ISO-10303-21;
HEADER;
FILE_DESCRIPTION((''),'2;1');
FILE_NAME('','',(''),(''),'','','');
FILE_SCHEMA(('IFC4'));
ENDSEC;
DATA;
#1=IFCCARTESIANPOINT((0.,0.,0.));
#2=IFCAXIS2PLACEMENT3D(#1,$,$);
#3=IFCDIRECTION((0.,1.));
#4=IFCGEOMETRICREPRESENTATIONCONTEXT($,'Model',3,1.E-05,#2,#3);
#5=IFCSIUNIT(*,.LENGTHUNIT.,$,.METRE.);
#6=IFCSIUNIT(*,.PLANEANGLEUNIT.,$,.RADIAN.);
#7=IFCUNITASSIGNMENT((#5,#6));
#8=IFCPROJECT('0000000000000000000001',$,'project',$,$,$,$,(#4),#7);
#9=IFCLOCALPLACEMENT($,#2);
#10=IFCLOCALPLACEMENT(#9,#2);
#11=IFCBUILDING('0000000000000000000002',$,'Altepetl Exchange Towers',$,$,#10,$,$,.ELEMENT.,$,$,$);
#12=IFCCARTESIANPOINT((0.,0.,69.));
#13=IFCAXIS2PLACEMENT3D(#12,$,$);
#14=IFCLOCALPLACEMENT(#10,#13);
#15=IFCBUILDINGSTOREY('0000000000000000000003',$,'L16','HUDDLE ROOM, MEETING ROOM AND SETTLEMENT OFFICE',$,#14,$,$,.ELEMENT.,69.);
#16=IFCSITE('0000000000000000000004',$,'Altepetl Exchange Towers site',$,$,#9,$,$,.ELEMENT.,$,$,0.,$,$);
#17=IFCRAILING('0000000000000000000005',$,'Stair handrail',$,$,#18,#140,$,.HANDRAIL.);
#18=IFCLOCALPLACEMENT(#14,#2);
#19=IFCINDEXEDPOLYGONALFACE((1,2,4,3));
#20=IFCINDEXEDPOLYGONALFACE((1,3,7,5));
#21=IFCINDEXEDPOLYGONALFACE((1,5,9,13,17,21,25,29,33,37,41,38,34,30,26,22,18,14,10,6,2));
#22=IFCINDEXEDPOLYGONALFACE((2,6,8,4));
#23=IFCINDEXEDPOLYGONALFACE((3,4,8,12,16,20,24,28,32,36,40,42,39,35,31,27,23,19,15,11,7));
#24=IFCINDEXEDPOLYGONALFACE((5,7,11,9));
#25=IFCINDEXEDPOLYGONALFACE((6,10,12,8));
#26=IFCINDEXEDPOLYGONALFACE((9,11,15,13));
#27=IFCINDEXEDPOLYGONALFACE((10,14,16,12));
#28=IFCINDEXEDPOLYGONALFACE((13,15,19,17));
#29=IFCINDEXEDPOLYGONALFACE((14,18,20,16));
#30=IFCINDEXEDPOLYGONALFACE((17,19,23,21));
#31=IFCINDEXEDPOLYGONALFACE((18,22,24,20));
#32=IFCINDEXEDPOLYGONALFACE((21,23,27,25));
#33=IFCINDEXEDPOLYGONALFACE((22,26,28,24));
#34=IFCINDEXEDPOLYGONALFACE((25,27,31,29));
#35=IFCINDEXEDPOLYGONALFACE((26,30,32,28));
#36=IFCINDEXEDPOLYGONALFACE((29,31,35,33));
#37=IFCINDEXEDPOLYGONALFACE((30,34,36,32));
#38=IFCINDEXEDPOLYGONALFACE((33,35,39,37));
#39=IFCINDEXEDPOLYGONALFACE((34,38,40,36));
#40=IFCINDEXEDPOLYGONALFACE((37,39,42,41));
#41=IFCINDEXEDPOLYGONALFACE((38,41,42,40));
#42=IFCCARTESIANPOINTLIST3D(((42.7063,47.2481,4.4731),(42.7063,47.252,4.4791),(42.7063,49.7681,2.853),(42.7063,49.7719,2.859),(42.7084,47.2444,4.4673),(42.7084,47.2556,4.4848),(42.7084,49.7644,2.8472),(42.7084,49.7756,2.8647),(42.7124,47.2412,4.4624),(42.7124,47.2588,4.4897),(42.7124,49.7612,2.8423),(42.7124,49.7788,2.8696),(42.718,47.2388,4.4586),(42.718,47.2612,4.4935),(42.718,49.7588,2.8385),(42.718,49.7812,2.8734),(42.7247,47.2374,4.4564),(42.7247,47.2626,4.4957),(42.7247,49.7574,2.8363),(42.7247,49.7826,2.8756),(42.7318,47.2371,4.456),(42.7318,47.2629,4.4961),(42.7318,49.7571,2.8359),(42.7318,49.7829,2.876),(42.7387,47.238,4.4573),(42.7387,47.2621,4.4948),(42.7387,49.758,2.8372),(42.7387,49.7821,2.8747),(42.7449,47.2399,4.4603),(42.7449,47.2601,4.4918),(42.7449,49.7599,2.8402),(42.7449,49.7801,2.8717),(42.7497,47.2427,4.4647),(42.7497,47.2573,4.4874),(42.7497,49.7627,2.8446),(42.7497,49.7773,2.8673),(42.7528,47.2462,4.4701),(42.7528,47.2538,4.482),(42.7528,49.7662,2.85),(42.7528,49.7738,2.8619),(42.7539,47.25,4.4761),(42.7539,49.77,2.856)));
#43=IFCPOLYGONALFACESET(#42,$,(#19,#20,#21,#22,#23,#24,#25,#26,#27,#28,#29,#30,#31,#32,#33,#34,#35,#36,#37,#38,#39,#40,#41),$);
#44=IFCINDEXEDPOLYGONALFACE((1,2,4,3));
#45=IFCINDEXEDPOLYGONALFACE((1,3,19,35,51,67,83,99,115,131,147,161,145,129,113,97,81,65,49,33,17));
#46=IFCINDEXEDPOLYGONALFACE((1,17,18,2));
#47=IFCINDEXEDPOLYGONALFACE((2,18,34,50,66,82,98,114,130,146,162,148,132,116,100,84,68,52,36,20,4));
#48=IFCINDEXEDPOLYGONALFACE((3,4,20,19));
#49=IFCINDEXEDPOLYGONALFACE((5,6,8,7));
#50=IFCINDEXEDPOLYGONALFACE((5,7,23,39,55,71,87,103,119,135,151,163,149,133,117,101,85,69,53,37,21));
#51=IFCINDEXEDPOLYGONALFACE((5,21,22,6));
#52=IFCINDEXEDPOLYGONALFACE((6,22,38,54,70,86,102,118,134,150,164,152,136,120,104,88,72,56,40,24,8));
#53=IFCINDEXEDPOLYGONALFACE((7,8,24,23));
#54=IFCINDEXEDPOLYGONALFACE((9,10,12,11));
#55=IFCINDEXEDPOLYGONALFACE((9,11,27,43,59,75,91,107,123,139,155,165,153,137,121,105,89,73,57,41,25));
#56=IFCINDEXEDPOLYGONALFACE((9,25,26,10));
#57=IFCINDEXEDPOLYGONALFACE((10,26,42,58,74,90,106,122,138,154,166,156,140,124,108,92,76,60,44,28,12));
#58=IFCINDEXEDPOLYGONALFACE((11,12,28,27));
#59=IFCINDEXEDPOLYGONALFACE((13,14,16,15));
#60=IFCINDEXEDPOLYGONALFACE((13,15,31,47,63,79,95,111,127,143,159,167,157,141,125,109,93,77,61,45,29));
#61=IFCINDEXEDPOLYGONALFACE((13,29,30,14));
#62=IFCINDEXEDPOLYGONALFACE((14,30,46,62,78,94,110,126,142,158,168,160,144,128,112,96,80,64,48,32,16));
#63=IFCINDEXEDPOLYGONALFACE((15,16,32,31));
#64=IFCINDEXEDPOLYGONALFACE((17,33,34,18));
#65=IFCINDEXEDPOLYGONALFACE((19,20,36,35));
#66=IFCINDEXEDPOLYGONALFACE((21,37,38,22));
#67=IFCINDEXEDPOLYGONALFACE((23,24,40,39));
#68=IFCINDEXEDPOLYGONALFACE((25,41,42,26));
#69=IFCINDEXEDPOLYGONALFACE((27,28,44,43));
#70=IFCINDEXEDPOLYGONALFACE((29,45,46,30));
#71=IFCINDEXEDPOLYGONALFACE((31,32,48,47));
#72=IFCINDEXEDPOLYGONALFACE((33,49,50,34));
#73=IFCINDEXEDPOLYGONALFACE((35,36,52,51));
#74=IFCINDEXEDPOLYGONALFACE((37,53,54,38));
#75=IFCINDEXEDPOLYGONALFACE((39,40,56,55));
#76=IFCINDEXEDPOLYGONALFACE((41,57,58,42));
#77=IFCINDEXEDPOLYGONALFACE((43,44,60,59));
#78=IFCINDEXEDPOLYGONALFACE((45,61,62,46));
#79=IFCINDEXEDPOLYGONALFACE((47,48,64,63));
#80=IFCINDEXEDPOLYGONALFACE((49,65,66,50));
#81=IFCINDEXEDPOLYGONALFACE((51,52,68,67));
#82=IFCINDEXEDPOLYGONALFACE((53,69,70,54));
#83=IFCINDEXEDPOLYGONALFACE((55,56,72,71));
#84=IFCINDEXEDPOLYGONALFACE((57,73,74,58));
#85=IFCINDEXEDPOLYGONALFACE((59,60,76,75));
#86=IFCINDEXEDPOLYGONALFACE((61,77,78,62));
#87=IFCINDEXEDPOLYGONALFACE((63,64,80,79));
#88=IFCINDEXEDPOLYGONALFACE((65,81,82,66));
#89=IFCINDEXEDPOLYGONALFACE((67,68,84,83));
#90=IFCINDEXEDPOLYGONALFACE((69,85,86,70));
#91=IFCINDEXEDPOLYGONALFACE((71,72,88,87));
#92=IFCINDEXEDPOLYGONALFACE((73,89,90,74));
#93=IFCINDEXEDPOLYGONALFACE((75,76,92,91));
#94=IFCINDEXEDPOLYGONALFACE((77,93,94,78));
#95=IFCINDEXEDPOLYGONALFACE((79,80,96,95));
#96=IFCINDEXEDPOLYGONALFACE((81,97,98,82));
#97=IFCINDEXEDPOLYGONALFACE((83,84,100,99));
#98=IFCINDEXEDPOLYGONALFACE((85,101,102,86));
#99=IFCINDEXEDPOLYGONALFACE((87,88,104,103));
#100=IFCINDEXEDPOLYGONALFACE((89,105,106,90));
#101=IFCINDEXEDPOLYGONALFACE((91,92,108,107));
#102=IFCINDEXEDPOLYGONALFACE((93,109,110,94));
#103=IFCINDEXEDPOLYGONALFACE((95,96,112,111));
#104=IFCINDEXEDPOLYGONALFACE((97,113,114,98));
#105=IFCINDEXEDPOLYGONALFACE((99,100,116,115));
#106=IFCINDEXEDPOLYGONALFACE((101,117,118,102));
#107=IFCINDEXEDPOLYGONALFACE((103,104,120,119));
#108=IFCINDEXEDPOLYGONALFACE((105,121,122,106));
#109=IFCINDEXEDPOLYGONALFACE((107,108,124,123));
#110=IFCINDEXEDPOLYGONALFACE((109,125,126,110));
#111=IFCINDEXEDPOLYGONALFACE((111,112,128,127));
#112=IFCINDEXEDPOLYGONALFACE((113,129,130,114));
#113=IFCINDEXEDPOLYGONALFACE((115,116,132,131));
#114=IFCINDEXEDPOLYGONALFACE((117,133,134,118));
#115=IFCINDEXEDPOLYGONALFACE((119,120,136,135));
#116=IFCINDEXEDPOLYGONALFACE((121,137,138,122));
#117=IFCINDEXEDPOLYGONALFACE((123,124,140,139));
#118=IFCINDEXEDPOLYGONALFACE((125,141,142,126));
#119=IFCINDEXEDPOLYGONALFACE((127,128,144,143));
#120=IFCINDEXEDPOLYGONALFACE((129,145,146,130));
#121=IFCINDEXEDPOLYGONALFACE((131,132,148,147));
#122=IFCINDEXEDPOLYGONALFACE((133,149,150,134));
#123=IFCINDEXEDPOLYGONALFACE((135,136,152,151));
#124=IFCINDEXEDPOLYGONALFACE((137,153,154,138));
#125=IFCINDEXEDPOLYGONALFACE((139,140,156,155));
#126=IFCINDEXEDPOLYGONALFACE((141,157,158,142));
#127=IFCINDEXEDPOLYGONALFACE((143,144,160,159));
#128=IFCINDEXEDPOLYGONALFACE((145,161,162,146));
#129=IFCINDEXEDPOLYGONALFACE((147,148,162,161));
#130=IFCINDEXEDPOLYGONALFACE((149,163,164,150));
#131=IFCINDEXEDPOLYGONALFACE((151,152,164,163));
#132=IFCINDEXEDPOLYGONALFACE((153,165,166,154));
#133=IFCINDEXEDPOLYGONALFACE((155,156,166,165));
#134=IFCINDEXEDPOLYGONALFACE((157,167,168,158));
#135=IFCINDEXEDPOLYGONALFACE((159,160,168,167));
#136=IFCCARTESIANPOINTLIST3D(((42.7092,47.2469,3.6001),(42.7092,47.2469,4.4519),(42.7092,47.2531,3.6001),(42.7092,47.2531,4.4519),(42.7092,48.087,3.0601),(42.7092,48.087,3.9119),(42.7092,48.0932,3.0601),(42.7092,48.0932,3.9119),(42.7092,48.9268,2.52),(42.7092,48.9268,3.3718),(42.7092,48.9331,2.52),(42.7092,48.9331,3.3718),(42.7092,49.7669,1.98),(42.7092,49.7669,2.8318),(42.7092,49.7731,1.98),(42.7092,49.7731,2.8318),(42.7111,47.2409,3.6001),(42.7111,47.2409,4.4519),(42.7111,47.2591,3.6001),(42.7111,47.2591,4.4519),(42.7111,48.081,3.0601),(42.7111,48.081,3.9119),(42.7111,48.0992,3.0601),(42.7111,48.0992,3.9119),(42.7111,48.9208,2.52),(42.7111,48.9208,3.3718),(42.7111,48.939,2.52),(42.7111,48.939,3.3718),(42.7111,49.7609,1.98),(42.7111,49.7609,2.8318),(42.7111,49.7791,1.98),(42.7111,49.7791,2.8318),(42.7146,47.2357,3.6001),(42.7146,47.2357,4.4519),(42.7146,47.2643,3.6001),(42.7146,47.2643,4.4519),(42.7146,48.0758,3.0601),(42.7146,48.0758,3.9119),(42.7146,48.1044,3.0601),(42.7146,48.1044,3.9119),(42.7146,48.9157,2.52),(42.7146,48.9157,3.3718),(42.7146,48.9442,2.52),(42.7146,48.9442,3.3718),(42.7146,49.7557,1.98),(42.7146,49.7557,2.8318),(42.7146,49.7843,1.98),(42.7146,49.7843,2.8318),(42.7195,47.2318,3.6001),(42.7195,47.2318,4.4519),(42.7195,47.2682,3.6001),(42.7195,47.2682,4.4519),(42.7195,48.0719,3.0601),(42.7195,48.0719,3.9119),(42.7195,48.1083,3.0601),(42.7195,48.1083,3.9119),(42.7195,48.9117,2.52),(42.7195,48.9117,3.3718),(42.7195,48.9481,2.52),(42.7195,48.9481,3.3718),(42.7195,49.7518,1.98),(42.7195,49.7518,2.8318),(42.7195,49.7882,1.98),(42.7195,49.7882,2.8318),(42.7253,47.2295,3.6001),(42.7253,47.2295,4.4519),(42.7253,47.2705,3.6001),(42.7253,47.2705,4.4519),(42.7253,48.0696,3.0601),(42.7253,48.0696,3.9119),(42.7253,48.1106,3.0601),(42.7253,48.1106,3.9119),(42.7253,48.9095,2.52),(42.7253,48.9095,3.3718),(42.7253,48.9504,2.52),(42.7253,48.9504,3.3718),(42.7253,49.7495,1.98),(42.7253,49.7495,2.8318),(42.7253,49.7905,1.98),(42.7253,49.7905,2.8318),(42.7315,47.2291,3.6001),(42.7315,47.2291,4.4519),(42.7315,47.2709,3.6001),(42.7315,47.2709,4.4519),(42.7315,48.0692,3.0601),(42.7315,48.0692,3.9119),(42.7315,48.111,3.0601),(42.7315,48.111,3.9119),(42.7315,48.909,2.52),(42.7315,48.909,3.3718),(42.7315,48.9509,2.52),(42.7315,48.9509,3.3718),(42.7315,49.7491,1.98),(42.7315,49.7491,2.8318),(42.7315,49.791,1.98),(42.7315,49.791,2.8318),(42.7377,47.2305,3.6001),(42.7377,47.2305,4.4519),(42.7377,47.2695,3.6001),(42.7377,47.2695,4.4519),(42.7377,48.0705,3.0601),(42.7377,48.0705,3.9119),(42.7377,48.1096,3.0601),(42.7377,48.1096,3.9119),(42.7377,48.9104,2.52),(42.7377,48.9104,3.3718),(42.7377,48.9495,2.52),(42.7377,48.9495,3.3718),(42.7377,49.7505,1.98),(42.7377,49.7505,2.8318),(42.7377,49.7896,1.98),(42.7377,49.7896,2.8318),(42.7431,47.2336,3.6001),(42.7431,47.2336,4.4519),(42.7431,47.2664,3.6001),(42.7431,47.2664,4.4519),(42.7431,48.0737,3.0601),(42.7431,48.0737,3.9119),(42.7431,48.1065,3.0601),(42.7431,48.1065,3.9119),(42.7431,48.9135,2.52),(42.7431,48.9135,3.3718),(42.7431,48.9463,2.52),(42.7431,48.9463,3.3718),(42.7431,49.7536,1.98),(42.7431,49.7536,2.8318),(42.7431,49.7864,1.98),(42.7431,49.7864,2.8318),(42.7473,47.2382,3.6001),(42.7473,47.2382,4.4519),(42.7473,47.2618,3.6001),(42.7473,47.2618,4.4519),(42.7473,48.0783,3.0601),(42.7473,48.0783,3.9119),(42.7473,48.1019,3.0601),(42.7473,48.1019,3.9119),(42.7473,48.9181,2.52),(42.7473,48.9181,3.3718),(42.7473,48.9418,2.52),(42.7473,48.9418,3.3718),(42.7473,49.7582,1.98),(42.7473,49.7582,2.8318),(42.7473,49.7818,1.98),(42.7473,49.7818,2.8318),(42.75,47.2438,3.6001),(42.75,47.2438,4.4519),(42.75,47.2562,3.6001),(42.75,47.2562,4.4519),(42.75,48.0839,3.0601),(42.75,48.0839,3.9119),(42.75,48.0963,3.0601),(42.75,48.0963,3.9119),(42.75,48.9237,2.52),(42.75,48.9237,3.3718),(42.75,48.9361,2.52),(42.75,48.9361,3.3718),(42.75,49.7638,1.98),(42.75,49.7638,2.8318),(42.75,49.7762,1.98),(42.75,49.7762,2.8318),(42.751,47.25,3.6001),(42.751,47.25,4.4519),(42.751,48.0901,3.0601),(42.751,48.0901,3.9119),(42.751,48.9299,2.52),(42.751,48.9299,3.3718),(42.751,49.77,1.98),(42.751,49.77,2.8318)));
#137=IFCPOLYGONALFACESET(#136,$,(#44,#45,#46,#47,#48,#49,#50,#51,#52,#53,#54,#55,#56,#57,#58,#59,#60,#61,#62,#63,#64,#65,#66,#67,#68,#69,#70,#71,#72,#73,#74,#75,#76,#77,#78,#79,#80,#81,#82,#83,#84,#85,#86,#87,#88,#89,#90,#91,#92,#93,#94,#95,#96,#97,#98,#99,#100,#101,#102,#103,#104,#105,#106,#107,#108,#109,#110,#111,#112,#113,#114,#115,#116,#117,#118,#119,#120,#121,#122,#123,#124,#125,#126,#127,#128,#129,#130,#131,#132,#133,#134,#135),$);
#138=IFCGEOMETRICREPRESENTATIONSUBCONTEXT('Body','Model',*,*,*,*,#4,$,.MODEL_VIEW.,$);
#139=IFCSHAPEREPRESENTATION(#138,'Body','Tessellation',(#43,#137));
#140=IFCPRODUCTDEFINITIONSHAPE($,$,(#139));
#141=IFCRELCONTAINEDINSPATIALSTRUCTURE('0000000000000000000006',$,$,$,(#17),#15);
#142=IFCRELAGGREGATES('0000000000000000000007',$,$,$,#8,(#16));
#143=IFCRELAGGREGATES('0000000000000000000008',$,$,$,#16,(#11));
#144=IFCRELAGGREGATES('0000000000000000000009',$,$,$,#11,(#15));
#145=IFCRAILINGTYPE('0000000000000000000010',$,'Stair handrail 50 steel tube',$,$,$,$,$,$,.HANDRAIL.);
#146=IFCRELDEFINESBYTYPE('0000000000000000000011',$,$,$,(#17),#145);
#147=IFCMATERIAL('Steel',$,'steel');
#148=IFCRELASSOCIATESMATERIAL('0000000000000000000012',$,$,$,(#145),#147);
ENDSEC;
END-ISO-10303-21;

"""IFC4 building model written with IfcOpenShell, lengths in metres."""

from ifc_helpers import new_model, si_unit, direction, frame, origin, origin_2d, place, context, subcontext, project, spatial, circle, extrude, source, transform, mapped, material, type_object, element, save


model = new_model("IFC4")

# Units and contexts
model_context = context("Model", 3, precision=1e-05, world=origin(), true_north=direction((0.0, 1.0)))
body_context = subcontext(model_context, "Body", "Model", "MODEL_VIEW")
ifc_project = project(units=[si_unit("LENGTHUNIT", "METRE"), si_unit("PLANEANGLEUNIT", "RADIAN")], contexts=[model_context])

# Site, building, storey
site_placement = place(None, origin())
site = spatial("IfcSite", under=ifc_project, at=site_placement, Name="Altepetl Exchange Towers site", CompositionType="ELEMENT", RefElevation=0.0)
building_placement = place(site_placement, origin())
building = spatial("IfcBuilding", under=site, at=building_placement, Name="Altepetl Exchange Towers", CompositionType="ELEMENT")
storey_placement = place(building_placement, frame((0.0, 0.0, 69.0)))
storey = spatial("IfcBuildingStorey", under=building, at=storey_placement, Name="L16", Description="HUDDLE ROOM, MEETING ROOM AND SETTLEMENT OFFICE", CompositionType="ELEMENT", Elevation=69.0)

# Railing
ifc_material_1 = material(Name="Steel", Category="steel")
railing_type = type_object("IfcRailingType", Name="Stair handrail 50 steel tube", PredefinedType="HANDRAIL", material=ifc_material_1)
shared_shape = source(origin(), body_context, "Body", "SweptSolid", [
    extrude(circle(Radius=0.021, at=origin_2d()), origin(), (0.0, 0.0, 1.0), 0.8518),
])
railing_1_placement = place(storey_placement, frame((42.73, 49.77, 1.98)))
element("IfcRailing", 1, at=railing_1_placement, inside=storey, type_object=railing_type, Name="Stair handrail", PredefinedType="HANDRAIL", context=body_context, shape_type="SweptSolid", body=[
    extrude(circle(Radius=0.0239, at=origin_2d()), frame((0.0, 0.0, 0.876), z_axis=(0.0, -0.841163, 0.540782), x_axis=(1.0, 0.0, 0.0)), (0.0, 0.0, 1.0), 2.9958),
    mapped(shared_shape, transform((0.0, 0.0, 0.0))),
    mapped(shared_shape, transform((0.0, -0.8401, 0.54))),
    mapped(shared_shape, transform((0.0, -1.6799, 1.0801))),
    mapped(shared_shape, transform((0.0, -2.52, 1.6201))),
])

save(model, "model.ifc")
